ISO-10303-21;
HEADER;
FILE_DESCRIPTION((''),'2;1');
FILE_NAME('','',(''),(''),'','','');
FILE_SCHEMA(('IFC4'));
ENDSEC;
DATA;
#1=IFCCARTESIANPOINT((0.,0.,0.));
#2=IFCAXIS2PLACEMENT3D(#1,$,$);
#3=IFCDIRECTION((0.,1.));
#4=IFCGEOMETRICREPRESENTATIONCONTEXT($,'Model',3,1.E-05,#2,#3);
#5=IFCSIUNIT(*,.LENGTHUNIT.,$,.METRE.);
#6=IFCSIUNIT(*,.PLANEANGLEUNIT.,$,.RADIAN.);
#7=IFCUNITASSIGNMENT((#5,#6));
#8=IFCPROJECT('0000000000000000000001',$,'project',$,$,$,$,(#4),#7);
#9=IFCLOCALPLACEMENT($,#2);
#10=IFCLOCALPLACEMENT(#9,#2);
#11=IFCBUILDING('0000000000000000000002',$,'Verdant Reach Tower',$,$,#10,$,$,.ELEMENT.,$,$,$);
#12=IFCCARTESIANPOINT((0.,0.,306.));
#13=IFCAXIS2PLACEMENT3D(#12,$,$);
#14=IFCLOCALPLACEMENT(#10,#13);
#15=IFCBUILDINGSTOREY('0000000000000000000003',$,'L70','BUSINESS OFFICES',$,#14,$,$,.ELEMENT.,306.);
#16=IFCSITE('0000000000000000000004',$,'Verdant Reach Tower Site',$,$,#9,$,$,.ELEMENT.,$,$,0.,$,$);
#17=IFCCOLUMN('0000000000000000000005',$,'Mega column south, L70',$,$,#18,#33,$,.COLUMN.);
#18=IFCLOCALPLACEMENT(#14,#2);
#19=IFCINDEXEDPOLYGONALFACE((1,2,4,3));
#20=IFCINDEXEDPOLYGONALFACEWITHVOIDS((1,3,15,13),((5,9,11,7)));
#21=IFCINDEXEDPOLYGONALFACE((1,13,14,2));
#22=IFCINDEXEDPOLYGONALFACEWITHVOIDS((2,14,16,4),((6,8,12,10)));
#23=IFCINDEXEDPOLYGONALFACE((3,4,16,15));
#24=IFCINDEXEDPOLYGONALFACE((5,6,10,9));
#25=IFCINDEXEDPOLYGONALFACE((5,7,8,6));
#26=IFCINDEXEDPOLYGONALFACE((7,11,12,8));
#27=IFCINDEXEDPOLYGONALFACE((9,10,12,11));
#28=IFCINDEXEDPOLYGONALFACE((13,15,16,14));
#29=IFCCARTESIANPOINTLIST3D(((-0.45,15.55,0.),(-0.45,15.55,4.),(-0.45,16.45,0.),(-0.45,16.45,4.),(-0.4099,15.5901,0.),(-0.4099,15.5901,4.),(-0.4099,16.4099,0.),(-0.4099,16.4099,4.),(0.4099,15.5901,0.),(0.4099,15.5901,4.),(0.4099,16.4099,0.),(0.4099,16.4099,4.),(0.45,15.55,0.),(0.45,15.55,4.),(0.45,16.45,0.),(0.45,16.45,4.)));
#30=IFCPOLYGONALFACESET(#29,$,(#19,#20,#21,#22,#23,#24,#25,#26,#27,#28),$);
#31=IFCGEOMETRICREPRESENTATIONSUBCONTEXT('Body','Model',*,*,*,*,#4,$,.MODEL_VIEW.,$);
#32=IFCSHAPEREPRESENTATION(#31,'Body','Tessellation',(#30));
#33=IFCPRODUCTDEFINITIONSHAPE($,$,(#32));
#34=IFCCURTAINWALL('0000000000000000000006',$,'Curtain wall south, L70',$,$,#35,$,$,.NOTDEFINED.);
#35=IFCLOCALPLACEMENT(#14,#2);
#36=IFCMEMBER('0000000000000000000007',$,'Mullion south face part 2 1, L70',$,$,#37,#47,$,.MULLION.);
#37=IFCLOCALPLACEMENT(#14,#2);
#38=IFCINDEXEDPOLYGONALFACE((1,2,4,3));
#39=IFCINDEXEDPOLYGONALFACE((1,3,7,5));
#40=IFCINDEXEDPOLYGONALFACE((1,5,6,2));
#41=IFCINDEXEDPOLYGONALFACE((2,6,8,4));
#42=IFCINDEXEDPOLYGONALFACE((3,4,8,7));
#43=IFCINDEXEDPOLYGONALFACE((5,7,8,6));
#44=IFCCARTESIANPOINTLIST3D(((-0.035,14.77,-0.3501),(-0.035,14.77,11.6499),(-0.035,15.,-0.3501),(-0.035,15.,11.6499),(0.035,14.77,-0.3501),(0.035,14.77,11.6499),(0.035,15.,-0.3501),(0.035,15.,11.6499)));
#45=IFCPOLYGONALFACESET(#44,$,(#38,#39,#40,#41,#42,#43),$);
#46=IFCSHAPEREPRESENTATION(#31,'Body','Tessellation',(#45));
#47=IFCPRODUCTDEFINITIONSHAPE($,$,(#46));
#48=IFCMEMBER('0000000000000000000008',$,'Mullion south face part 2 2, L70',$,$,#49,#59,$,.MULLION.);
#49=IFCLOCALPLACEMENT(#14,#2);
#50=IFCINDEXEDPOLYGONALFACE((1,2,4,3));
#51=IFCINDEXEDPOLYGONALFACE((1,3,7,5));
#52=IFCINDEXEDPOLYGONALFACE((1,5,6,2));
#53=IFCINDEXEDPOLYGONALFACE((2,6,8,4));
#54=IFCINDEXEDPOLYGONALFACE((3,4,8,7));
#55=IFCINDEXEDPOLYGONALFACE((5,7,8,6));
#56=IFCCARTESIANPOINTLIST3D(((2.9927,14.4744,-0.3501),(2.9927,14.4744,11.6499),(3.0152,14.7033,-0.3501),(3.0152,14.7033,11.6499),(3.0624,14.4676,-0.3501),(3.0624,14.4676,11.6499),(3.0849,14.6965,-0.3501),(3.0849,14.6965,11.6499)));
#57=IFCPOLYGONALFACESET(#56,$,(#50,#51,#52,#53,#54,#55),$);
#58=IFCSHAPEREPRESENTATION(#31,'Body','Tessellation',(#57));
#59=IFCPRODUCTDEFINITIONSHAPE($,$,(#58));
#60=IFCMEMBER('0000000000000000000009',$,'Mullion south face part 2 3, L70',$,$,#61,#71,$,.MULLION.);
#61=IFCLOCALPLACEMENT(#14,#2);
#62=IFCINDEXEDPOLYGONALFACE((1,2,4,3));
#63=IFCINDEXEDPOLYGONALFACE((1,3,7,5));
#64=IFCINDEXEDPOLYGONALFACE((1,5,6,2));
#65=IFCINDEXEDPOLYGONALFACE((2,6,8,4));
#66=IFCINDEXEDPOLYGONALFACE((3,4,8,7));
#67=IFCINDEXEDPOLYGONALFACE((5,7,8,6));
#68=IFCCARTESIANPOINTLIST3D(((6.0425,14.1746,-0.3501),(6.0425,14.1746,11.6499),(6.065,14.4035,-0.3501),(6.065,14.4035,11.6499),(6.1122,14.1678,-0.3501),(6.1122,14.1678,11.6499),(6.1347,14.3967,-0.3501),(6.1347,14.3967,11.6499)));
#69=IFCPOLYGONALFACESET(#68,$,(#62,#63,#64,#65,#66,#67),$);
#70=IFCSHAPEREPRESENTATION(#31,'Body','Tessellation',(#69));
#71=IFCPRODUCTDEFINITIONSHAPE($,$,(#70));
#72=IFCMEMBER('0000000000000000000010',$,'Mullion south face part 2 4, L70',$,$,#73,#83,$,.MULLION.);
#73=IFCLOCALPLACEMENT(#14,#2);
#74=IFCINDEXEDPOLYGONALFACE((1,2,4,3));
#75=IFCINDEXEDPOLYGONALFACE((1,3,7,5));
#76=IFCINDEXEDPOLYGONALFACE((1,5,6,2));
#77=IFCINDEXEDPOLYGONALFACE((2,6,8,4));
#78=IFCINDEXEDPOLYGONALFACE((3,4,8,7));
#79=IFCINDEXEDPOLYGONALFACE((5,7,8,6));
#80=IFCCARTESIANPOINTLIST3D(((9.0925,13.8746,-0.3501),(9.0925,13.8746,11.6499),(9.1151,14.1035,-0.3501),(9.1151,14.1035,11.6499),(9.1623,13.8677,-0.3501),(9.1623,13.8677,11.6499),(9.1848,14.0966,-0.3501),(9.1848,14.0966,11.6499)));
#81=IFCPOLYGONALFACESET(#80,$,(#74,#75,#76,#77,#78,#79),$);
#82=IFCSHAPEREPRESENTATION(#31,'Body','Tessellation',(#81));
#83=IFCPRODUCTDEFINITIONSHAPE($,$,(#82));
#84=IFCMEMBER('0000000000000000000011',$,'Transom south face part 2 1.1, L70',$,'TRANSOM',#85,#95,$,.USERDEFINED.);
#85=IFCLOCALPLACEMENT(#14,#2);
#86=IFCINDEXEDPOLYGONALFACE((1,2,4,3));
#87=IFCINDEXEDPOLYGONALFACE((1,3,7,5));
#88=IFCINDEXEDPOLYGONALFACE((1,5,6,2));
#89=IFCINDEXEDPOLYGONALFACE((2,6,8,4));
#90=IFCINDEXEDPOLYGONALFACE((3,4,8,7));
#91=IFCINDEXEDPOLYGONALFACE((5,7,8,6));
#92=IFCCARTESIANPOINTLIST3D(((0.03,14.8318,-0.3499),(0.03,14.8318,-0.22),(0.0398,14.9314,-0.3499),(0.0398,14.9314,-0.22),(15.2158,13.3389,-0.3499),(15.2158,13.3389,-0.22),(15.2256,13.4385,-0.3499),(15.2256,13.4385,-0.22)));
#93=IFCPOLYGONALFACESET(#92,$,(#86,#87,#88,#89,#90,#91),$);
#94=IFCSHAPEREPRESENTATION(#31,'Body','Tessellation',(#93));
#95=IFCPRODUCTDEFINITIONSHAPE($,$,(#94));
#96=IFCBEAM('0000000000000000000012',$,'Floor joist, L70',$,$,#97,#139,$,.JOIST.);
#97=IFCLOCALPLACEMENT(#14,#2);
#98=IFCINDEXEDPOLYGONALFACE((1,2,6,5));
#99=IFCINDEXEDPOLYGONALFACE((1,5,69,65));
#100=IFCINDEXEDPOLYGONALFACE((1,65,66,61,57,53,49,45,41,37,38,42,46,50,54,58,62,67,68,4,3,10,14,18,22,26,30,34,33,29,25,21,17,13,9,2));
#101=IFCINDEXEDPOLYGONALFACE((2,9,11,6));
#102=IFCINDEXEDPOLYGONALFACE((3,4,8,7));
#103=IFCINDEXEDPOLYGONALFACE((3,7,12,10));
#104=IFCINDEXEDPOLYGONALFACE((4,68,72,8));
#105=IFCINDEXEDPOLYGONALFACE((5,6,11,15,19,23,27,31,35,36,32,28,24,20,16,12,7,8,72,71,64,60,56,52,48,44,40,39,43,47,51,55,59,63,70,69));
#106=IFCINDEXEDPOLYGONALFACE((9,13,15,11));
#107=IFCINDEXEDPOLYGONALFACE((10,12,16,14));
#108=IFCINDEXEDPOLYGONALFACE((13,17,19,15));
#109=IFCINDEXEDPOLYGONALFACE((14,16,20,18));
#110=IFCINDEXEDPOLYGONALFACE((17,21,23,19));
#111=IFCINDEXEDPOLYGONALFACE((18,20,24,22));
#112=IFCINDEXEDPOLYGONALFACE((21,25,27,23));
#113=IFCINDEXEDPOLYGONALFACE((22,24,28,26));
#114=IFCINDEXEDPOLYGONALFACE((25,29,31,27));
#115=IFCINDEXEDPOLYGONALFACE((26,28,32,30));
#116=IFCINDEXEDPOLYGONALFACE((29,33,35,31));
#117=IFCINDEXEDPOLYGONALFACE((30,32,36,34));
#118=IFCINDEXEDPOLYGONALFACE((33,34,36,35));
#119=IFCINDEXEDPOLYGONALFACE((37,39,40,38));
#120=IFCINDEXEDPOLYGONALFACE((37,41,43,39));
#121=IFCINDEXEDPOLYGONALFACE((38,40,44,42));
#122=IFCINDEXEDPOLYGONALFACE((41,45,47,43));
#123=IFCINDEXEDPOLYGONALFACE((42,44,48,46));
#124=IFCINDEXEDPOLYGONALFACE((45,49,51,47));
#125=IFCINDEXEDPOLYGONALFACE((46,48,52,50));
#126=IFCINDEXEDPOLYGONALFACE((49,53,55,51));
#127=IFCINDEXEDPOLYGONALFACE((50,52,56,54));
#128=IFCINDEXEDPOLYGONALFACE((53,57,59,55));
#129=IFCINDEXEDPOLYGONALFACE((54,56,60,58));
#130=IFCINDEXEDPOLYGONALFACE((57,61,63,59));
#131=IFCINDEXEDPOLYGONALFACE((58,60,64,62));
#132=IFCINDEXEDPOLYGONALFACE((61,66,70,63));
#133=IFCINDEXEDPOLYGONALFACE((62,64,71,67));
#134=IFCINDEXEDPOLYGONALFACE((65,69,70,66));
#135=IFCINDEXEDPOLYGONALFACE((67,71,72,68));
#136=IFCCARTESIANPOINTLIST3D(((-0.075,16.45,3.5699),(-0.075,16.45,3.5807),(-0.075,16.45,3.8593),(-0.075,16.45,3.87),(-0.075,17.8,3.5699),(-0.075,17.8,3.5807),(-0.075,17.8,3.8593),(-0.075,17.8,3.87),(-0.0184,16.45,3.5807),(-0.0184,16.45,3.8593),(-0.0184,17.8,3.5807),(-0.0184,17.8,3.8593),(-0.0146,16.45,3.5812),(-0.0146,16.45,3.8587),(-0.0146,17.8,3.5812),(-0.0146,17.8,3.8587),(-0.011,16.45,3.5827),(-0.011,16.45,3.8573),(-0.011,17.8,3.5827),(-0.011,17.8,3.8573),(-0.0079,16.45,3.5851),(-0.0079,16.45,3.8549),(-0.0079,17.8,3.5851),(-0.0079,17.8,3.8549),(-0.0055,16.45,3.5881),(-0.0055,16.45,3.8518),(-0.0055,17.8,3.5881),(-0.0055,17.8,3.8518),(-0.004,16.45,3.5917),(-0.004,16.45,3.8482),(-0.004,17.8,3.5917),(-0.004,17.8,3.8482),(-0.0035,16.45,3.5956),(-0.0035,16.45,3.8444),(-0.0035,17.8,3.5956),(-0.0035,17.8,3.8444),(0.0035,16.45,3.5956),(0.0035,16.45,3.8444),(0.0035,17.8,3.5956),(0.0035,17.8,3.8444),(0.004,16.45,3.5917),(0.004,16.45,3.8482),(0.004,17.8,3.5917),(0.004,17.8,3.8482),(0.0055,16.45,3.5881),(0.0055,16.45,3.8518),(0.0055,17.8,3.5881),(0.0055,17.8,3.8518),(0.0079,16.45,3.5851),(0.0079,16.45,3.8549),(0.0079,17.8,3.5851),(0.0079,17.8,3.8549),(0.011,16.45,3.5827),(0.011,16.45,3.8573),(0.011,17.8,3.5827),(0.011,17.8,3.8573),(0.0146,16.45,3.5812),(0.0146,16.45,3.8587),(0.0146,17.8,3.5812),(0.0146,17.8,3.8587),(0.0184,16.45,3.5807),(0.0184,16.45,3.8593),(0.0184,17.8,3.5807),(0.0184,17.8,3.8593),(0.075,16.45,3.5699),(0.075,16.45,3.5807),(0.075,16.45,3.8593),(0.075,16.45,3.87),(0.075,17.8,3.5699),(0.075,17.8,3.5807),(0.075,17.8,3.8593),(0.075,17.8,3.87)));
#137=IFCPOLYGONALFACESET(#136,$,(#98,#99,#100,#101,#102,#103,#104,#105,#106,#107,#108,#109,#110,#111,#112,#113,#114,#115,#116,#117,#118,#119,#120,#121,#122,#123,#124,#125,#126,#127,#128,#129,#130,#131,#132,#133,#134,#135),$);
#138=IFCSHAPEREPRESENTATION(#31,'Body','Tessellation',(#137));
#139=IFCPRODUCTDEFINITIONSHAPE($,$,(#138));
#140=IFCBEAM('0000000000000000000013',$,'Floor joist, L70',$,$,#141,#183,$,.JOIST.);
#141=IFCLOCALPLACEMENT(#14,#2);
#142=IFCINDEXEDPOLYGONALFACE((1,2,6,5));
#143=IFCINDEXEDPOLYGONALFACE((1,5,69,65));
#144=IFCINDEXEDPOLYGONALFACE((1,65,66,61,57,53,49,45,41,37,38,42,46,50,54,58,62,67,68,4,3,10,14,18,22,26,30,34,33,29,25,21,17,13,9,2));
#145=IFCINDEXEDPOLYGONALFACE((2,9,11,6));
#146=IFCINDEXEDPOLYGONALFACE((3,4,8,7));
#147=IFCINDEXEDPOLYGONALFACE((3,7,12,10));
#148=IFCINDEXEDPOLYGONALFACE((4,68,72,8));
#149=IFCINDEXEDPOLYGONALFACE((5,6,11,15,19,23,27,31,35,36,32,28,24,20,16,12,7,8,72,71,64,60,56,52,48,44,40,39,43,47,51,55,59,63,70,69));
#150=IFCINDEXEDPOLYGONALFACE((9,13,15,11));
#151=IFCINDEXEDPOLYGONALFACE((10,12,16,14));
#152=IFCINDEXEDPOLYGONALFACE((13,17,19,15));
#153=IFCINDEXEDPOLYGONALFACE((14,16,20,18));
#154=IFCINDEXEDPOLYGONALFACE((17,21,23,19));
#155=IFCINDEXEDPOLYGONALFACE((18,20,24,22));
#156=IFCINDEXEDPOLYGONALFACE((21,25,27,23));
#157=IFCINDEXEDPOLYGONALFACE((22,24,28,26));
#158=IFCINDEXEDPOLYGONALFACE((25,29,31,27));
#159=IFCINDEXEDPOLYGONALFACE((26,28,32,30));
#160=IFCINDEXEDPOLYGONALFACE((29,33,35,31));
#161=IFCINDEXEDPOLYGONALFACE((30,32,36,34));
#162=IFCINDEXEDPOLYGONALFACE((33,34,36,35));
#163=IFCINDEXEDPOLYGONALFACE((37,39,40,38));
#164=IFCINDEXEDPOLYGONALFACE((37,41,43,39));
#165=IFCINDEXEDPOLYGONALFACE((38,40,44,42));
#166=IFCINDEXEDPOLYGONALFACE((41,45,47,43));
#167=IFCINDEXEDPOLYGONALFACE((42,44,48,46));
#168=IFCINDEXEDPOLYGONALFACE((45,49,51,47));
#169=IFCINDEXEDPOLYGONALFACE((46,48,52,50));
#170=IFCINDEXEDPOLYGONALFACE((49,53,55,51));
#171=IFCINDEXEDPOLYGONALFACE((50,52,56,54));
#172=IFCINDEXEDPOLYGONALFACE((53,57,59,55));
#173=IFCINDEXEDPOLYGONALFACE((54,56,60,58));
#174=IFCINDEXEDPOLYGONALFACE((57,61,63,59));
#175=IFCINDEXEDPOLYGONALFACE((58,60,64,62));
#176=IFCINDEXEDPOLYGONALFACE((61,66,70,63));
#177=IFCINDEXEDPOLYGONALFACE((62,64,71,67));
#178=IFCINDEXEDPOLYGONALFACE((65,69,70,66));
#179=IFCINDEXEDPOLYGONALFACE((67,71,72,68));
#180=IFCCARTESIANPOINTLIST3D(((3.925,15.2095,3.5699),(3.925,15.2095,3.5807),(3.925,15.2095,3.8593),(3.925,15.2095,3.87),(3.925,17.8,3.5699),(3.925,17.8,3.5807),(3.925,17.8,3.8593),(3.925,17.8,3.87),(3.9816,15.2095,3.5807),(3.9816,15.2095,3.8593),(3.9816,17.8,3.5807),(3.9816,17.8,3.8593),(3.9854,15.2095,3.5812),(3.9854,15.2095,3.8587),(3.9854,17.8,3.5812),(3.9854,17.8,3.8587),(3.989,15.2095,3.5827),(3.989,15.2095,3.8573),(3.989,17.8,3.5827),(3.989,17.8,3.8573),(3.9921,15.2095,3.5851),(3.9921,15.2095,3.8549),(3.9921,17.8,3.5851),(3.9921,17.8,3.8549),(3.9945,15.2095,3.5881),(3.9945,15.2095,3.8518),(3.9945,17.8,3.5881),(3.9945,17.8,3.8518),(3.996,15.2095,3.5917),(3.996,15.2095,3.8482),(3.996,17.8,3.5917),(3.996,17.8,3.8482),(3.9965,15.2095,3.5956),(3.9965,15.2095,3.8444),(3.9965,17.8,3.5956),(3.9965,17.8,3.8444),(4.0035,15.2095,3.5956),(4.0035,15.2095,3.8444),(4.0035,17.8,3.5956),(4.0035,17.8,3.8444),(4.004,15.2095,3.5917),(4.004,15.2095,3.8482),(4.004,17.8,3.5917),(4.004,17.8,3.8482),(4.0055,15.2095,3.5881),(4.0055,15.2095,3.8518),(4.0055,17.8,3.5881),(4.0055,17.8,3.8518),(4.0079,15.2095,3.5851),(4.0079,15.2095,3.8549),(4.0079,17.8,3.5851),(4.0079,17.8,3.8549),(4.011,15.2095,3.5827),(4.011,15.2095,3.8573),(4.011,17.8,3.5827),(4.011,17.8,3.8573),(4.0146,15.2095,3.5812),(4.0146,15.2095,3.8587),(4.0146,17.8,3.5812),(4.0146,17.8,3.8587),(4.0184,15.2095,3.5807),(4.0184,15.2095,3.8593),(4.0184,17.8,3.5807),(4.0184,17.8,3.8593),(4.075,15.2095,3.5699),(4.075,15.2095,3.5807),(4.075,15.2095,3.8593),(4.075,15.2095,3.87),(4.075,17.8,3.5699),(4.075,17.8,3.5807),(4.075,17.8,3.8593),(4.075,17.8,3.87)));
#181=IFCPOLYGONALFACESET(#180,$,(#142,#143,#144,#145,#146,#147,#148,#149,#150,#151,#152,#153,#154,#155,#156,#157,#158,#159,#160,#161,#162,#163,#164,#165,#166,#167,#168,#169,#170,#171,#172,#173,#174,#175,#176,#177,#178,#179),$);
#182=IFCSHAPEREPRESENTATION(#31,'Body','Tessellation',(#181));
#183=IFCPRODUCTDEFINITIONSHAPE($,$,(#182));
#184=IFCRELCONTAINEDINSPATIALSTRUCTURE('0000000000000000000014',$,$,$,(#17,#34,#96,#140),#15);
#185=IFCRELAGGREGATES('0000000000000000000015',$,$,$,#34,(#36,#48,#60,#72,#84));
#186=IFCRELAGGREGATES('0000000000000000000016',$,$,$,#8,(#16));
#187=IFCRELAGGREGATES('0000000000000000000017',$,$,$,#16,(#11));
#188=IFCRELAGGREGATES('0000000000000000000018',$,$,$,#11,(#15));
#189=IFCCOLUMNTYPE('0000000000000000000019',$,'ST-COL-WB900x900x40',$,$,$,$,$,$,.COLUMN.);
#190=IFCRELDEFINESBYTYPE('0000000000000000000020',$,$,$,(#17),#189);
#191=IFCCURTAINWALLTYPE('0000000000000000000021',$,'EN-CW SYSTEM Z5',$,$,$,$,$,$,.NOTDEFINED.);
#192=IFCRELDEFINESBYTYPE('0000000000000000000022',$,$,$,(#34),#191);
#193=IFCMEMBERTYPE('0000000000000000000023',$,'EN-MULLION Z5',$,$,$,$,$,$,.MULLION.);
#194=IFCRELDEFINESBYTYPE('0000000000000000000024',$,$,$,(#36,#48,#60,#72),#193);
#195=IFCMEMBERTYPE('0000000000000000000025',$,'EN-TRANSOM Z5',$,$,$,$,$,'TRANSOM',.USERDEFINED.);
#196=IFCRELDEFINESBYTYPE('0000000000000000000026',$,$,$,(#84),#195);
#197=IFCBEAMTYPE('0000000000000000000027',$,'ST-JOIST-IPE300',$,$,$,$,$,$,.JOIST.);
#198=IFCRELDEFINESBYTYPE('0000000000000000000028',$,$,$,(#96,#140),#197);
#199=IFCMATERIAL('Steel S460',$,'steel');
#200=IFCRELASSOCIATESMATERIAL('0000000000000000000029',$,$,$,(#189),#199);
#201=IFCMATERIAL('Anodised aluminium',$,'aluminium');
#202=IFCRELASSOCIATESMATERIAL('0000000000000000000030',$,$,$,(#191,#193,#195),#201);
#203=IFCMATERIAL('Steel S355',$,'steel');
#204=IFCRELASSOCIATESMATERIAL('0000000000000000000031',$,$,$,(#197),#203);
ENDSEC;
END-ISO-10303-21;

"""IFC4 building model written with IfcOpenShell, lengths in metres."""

from ifc_helpers import new_model, si_unit, direction, frame, origin, origin_2d, place, context, subcontext, project, spatial, rectangle, hollow_rectangle, i_section, extrude, material, material_profile, profile_set, type_object, element, aggregate, save


model = new_model("IFC4")

# Units and contexts
model_context = context("Model", 3, precision=1e-05, world=origin(), true_north=direction((0.0, 1.0)))
body_context = subcontext(model_context, "Body", "Model", "MODEL_VIEW")
ifc_project = project(units=[si_unit("LENGTHUNIT", "METRE"), si_unit("PLANEANGLEUNIT", "RADIAN")], contexts=[model_context])

# Site, building, storey
site_placement = place(None, origin())
site = spatial("IfcSite", under=ifc_project, at=site_placement, Name="Verdant Reach Tower Site", CompositionType="ELEMENT", RefElevation=0.0)
building_placement = place(site_placement, origin())
building = spatial("IfcBuilding", under=site, at=building_placement, Name="Verdant Reach Tower", CompositionType="ELEMENT")
storey_placement = place(building_placement, frame((0.0, 0.0, 306.0)))
storey = spatial("IfcBuildingStorey", under=building, at=storey_placement, Name="L70", Description="BUSINESS OFFICES", CompositionType="ELEMENT", Elevation=306.0)

# Column
ifc_material_1 = material(Name="Steel S460", Category="steel")
ifc_material_profile_1 = material_profile(ifc_material_1, hollow_rectangle(XDim=0.8999, YDim=0.8999, WallThickness=0.04, at=origin_2d()), Name="WB 900x900x40")
ifc_profile_set_1 = profile_set([ifc_material_profile_1], Name="Steel S460")
column_type = type_object("IfcColumnType", Name="ST-COL-WB900x900x40", PredefinedType="COLUMN", material=ifc_profile_set_1)
column_placement = place(storey_placement, frame((0.0, 16.0, 0.0), z_axis=(0.0, 0.0, 1.0), x_axis=(1.0, 0.0, 0.0)))
element("IfcColumn", 1, at=column_placement, inside=storey, type_object=column_type, Name="Mega column south, L70", PredefinedType="COLUMN", context=body_context, shape_type="SweptSolid", body=[
    extrude(hollow_rectangle(XDim=0.8999, YDim=0.8999, WallThickness=0.04, at=origin_2d()), origin(), (0.0, 0.0, 1.0), 4.0),
])

# Curtain wall, members
ifc_material_2 = material(Name="Anodised aluminium", Category="aluminium")
curtain_wall_type = type_object("IfcCurtainWallType", Name="EN-CW SYSTEM Z5", PredefinedType="NOTDEFINED", material=ifc_material_2)
curtain_wall_placement = place(storey_placement, origin())
curtain_wall = element("IfcCurtainWall", 2, at=curtain_wall_placement, inside=storey, type_object=curtain_wall_type, Name="Curtain wall south, L70", PredefinedType="NOTDEFINED")
ifc_material_profile_2 = material_profile(ifc_material_2, rectangle(XDim=0.23, YDim=0.0701, at=origin_2d()), Name="Mullion 70x230")
ifc_profile_set_2 = profile_set([ifc_material_profile_2], Name="Anodised aluminium")
member_type_1 = type_object("IfcMemberType", Name="EN-MULLION Z5", PredefinedType="MULLION", material=ifc_profile_set_2)
member_1_placement = place(storey_placement, frame((0.0, 14.885, -0.3501), z_axis=(0.0, 0.0, 1.0), x_axis=(0.0, -1.0, 0.0)))
member_1 = element("IfcMember", 3, at=member_1_placement, type_object=member_type_1, Name="Mullion south face part 2 1, L70", PredefinedType="MULLION", context=body_context, shape_type="SweptSolid", body=[
    extrude(rectangle(XDim=0.23, YDim=0.0701, at=origin_2d()), origin(), (0.0, 0.0, 1.0), 12.0),
])
member_2_placement = place(storey_placement, frame((3.0388, 14.5854, -0.3501), z_axis=(0.0, 0.0, 1.0), x_axis=(-0.097888, -0.995197, 0.0)))
member_2 = element("IfcMember", 4, at=member_2_placement, type_object=member_type_1, Name="Mullion south face part 2 2, L70", PredefinedType="MULLION", context=body_context, shape_type="SweptSolid", body=[
    extrude(rectangle(XDim=0.23, YDim=0.0701, at=origin_2d()), origin(), (0.0, 0.0, 1.0), 12.0),
])
member_3_placement = place(storey_placement, frame((6.0886, 14.2856, -0.3501), z_axis=(0.0, 0.0, 1.0), x_axis=(-0.097888, -0.995197, 0.0)))
member_3 = element("IfcMember", 5, at=member_3_placement, type_object=member_type_1, Name="Mullion south face part 2 3, L70", PredefinedType="MULLION", context=body_context, shape_type="SweptSolid", body=[
    extrude(rectangle(XDim=0.23, YDim=0.0701, at=origin_2d()), origin(), (0.0, 0.0, 1.0), 12.0),
])
member_4_placement = place(storey_placement, frame((9.1387, 13.9856, -0.3501), z_axis=(0.0, 0.0, 1.0), x_axis=(-0.097888, -0.995197, 0.0)))
member_4 = element("IfcMember", 6, at=member_4_placement, type_object=member_type_1, Name="Mullion south face part 2 4, L70", PredefinedType="MULLION", context=body_context, shape_type="SweptSolid", body=[
    extrude(rectangle(XDim=0.23, YDim=0.0701, at=origin_2d()), origin(), (0.0, 0.0, 1.0), 12.0),
])
ifc_material_profile_3 = material_profile(ifc_material_2, rectangle(XDim=0.1001, YDim=0.1299, at=origin_2d()), Name="Transom 130x100")
ifc_profile_set_3 = profile_set([ifc_material_profile_3], Name="Anodised aluminium")
member_type_2 = type_object("IfcMemberType", Name="EN-TRANSOM Z5", ElementType="TRANSOM", PredefinedType="USERDEFINED", material=ifc_profile_set_3)
member_5_placement = place(storey_placement, frame((0.0349, 14.8816, -0.2849), z_axis=(0.995202, -0.097839, 0.0), x_axis=(0.097839, 0.995202, 0.0)))
member_5 = element("IfcMember", 7, at=member_5_placement, type_object=member_type_2, Name="Transom south face part 2 1.1, L70", ObjectType="TRANSOM", PredefinedType="USERDEFINED", context=body_context, shape_type="SweptSolid", body=[
    extrude(rectangle(XDim=0.1001, YDim=0.1299, at=origin_2d()), origin(), (0.0, 0.0, 1.0), 15.259),
])

# Beams
ifc_material_3 = material(Name="Steel S355", Category="steel")
ifc_material_profile_4 = material_profile(ifc_material_3, i_section(OverallWidth=0.1499, OverallDepth=0.3, WebThickness=0.0071, FlangeThickness=0.0107, FilletRadius=0.0149, at=origin_2d()), Name="IPE 300")
ifc_profile_set_4 = profile_set([ifc_material_profile_4], Name="Steel S355")
beam_type = type_object("IfcBeamType", Name="ST-JOIST-IPE300", PredefinedType="JOIST", material=ifc_profile_set_4)
beam_1_placement = place(storey_placement, frame((0.0, 17.8, 3.72), z_axis=(0.0, -1.0, 0.0), x_axis=(1.0, 0.0, 0.0)))
element("IfcBeam", 8, at=beam_1_placement, inside=storey, type_object=beam_type, Name="Floor joist, L70", PredefinedType="JOIST", context=body_context, shape_type="SweptSolid", body=[
    extrude(i_section(OverallWidth=0.1499, OverallDepth=0.3, WebThickness=0.0071, FlangeThickness=0.0107, FilletRadius=0.0149, at=origin_2d()), origin(), (0.0, 0.0, 1.0), 1.3501),
])
beam_2_placement = place(storey_placement, frame((4.0, 17.8, 3.72), z_axis=(0.0, -1.0, 0.0), x_axis=(1.0, 0.0, 0.0)))
element("IfcBeam", 9, at=beam_2_placement, inside=storey, type_object=beam_type, Name="Floor joist, L70", PredefinedType="JOIST", context=body_context, shape_type="SweptSolid", body=[
    extrude(i_section(OverallWidth=0.1499, OverallDepth=0.3, WebThickness=0.0071, FlangeThickness=0.0107, FilletRadius=0.0149, at=origin_2d()), origin(), (0.0, 0.0, 1.0), 2.5906),
])

aggregate(curtain_wall, [member_1, member_2, member_3, member_4, member_5])

save(model, "model.ifc")
